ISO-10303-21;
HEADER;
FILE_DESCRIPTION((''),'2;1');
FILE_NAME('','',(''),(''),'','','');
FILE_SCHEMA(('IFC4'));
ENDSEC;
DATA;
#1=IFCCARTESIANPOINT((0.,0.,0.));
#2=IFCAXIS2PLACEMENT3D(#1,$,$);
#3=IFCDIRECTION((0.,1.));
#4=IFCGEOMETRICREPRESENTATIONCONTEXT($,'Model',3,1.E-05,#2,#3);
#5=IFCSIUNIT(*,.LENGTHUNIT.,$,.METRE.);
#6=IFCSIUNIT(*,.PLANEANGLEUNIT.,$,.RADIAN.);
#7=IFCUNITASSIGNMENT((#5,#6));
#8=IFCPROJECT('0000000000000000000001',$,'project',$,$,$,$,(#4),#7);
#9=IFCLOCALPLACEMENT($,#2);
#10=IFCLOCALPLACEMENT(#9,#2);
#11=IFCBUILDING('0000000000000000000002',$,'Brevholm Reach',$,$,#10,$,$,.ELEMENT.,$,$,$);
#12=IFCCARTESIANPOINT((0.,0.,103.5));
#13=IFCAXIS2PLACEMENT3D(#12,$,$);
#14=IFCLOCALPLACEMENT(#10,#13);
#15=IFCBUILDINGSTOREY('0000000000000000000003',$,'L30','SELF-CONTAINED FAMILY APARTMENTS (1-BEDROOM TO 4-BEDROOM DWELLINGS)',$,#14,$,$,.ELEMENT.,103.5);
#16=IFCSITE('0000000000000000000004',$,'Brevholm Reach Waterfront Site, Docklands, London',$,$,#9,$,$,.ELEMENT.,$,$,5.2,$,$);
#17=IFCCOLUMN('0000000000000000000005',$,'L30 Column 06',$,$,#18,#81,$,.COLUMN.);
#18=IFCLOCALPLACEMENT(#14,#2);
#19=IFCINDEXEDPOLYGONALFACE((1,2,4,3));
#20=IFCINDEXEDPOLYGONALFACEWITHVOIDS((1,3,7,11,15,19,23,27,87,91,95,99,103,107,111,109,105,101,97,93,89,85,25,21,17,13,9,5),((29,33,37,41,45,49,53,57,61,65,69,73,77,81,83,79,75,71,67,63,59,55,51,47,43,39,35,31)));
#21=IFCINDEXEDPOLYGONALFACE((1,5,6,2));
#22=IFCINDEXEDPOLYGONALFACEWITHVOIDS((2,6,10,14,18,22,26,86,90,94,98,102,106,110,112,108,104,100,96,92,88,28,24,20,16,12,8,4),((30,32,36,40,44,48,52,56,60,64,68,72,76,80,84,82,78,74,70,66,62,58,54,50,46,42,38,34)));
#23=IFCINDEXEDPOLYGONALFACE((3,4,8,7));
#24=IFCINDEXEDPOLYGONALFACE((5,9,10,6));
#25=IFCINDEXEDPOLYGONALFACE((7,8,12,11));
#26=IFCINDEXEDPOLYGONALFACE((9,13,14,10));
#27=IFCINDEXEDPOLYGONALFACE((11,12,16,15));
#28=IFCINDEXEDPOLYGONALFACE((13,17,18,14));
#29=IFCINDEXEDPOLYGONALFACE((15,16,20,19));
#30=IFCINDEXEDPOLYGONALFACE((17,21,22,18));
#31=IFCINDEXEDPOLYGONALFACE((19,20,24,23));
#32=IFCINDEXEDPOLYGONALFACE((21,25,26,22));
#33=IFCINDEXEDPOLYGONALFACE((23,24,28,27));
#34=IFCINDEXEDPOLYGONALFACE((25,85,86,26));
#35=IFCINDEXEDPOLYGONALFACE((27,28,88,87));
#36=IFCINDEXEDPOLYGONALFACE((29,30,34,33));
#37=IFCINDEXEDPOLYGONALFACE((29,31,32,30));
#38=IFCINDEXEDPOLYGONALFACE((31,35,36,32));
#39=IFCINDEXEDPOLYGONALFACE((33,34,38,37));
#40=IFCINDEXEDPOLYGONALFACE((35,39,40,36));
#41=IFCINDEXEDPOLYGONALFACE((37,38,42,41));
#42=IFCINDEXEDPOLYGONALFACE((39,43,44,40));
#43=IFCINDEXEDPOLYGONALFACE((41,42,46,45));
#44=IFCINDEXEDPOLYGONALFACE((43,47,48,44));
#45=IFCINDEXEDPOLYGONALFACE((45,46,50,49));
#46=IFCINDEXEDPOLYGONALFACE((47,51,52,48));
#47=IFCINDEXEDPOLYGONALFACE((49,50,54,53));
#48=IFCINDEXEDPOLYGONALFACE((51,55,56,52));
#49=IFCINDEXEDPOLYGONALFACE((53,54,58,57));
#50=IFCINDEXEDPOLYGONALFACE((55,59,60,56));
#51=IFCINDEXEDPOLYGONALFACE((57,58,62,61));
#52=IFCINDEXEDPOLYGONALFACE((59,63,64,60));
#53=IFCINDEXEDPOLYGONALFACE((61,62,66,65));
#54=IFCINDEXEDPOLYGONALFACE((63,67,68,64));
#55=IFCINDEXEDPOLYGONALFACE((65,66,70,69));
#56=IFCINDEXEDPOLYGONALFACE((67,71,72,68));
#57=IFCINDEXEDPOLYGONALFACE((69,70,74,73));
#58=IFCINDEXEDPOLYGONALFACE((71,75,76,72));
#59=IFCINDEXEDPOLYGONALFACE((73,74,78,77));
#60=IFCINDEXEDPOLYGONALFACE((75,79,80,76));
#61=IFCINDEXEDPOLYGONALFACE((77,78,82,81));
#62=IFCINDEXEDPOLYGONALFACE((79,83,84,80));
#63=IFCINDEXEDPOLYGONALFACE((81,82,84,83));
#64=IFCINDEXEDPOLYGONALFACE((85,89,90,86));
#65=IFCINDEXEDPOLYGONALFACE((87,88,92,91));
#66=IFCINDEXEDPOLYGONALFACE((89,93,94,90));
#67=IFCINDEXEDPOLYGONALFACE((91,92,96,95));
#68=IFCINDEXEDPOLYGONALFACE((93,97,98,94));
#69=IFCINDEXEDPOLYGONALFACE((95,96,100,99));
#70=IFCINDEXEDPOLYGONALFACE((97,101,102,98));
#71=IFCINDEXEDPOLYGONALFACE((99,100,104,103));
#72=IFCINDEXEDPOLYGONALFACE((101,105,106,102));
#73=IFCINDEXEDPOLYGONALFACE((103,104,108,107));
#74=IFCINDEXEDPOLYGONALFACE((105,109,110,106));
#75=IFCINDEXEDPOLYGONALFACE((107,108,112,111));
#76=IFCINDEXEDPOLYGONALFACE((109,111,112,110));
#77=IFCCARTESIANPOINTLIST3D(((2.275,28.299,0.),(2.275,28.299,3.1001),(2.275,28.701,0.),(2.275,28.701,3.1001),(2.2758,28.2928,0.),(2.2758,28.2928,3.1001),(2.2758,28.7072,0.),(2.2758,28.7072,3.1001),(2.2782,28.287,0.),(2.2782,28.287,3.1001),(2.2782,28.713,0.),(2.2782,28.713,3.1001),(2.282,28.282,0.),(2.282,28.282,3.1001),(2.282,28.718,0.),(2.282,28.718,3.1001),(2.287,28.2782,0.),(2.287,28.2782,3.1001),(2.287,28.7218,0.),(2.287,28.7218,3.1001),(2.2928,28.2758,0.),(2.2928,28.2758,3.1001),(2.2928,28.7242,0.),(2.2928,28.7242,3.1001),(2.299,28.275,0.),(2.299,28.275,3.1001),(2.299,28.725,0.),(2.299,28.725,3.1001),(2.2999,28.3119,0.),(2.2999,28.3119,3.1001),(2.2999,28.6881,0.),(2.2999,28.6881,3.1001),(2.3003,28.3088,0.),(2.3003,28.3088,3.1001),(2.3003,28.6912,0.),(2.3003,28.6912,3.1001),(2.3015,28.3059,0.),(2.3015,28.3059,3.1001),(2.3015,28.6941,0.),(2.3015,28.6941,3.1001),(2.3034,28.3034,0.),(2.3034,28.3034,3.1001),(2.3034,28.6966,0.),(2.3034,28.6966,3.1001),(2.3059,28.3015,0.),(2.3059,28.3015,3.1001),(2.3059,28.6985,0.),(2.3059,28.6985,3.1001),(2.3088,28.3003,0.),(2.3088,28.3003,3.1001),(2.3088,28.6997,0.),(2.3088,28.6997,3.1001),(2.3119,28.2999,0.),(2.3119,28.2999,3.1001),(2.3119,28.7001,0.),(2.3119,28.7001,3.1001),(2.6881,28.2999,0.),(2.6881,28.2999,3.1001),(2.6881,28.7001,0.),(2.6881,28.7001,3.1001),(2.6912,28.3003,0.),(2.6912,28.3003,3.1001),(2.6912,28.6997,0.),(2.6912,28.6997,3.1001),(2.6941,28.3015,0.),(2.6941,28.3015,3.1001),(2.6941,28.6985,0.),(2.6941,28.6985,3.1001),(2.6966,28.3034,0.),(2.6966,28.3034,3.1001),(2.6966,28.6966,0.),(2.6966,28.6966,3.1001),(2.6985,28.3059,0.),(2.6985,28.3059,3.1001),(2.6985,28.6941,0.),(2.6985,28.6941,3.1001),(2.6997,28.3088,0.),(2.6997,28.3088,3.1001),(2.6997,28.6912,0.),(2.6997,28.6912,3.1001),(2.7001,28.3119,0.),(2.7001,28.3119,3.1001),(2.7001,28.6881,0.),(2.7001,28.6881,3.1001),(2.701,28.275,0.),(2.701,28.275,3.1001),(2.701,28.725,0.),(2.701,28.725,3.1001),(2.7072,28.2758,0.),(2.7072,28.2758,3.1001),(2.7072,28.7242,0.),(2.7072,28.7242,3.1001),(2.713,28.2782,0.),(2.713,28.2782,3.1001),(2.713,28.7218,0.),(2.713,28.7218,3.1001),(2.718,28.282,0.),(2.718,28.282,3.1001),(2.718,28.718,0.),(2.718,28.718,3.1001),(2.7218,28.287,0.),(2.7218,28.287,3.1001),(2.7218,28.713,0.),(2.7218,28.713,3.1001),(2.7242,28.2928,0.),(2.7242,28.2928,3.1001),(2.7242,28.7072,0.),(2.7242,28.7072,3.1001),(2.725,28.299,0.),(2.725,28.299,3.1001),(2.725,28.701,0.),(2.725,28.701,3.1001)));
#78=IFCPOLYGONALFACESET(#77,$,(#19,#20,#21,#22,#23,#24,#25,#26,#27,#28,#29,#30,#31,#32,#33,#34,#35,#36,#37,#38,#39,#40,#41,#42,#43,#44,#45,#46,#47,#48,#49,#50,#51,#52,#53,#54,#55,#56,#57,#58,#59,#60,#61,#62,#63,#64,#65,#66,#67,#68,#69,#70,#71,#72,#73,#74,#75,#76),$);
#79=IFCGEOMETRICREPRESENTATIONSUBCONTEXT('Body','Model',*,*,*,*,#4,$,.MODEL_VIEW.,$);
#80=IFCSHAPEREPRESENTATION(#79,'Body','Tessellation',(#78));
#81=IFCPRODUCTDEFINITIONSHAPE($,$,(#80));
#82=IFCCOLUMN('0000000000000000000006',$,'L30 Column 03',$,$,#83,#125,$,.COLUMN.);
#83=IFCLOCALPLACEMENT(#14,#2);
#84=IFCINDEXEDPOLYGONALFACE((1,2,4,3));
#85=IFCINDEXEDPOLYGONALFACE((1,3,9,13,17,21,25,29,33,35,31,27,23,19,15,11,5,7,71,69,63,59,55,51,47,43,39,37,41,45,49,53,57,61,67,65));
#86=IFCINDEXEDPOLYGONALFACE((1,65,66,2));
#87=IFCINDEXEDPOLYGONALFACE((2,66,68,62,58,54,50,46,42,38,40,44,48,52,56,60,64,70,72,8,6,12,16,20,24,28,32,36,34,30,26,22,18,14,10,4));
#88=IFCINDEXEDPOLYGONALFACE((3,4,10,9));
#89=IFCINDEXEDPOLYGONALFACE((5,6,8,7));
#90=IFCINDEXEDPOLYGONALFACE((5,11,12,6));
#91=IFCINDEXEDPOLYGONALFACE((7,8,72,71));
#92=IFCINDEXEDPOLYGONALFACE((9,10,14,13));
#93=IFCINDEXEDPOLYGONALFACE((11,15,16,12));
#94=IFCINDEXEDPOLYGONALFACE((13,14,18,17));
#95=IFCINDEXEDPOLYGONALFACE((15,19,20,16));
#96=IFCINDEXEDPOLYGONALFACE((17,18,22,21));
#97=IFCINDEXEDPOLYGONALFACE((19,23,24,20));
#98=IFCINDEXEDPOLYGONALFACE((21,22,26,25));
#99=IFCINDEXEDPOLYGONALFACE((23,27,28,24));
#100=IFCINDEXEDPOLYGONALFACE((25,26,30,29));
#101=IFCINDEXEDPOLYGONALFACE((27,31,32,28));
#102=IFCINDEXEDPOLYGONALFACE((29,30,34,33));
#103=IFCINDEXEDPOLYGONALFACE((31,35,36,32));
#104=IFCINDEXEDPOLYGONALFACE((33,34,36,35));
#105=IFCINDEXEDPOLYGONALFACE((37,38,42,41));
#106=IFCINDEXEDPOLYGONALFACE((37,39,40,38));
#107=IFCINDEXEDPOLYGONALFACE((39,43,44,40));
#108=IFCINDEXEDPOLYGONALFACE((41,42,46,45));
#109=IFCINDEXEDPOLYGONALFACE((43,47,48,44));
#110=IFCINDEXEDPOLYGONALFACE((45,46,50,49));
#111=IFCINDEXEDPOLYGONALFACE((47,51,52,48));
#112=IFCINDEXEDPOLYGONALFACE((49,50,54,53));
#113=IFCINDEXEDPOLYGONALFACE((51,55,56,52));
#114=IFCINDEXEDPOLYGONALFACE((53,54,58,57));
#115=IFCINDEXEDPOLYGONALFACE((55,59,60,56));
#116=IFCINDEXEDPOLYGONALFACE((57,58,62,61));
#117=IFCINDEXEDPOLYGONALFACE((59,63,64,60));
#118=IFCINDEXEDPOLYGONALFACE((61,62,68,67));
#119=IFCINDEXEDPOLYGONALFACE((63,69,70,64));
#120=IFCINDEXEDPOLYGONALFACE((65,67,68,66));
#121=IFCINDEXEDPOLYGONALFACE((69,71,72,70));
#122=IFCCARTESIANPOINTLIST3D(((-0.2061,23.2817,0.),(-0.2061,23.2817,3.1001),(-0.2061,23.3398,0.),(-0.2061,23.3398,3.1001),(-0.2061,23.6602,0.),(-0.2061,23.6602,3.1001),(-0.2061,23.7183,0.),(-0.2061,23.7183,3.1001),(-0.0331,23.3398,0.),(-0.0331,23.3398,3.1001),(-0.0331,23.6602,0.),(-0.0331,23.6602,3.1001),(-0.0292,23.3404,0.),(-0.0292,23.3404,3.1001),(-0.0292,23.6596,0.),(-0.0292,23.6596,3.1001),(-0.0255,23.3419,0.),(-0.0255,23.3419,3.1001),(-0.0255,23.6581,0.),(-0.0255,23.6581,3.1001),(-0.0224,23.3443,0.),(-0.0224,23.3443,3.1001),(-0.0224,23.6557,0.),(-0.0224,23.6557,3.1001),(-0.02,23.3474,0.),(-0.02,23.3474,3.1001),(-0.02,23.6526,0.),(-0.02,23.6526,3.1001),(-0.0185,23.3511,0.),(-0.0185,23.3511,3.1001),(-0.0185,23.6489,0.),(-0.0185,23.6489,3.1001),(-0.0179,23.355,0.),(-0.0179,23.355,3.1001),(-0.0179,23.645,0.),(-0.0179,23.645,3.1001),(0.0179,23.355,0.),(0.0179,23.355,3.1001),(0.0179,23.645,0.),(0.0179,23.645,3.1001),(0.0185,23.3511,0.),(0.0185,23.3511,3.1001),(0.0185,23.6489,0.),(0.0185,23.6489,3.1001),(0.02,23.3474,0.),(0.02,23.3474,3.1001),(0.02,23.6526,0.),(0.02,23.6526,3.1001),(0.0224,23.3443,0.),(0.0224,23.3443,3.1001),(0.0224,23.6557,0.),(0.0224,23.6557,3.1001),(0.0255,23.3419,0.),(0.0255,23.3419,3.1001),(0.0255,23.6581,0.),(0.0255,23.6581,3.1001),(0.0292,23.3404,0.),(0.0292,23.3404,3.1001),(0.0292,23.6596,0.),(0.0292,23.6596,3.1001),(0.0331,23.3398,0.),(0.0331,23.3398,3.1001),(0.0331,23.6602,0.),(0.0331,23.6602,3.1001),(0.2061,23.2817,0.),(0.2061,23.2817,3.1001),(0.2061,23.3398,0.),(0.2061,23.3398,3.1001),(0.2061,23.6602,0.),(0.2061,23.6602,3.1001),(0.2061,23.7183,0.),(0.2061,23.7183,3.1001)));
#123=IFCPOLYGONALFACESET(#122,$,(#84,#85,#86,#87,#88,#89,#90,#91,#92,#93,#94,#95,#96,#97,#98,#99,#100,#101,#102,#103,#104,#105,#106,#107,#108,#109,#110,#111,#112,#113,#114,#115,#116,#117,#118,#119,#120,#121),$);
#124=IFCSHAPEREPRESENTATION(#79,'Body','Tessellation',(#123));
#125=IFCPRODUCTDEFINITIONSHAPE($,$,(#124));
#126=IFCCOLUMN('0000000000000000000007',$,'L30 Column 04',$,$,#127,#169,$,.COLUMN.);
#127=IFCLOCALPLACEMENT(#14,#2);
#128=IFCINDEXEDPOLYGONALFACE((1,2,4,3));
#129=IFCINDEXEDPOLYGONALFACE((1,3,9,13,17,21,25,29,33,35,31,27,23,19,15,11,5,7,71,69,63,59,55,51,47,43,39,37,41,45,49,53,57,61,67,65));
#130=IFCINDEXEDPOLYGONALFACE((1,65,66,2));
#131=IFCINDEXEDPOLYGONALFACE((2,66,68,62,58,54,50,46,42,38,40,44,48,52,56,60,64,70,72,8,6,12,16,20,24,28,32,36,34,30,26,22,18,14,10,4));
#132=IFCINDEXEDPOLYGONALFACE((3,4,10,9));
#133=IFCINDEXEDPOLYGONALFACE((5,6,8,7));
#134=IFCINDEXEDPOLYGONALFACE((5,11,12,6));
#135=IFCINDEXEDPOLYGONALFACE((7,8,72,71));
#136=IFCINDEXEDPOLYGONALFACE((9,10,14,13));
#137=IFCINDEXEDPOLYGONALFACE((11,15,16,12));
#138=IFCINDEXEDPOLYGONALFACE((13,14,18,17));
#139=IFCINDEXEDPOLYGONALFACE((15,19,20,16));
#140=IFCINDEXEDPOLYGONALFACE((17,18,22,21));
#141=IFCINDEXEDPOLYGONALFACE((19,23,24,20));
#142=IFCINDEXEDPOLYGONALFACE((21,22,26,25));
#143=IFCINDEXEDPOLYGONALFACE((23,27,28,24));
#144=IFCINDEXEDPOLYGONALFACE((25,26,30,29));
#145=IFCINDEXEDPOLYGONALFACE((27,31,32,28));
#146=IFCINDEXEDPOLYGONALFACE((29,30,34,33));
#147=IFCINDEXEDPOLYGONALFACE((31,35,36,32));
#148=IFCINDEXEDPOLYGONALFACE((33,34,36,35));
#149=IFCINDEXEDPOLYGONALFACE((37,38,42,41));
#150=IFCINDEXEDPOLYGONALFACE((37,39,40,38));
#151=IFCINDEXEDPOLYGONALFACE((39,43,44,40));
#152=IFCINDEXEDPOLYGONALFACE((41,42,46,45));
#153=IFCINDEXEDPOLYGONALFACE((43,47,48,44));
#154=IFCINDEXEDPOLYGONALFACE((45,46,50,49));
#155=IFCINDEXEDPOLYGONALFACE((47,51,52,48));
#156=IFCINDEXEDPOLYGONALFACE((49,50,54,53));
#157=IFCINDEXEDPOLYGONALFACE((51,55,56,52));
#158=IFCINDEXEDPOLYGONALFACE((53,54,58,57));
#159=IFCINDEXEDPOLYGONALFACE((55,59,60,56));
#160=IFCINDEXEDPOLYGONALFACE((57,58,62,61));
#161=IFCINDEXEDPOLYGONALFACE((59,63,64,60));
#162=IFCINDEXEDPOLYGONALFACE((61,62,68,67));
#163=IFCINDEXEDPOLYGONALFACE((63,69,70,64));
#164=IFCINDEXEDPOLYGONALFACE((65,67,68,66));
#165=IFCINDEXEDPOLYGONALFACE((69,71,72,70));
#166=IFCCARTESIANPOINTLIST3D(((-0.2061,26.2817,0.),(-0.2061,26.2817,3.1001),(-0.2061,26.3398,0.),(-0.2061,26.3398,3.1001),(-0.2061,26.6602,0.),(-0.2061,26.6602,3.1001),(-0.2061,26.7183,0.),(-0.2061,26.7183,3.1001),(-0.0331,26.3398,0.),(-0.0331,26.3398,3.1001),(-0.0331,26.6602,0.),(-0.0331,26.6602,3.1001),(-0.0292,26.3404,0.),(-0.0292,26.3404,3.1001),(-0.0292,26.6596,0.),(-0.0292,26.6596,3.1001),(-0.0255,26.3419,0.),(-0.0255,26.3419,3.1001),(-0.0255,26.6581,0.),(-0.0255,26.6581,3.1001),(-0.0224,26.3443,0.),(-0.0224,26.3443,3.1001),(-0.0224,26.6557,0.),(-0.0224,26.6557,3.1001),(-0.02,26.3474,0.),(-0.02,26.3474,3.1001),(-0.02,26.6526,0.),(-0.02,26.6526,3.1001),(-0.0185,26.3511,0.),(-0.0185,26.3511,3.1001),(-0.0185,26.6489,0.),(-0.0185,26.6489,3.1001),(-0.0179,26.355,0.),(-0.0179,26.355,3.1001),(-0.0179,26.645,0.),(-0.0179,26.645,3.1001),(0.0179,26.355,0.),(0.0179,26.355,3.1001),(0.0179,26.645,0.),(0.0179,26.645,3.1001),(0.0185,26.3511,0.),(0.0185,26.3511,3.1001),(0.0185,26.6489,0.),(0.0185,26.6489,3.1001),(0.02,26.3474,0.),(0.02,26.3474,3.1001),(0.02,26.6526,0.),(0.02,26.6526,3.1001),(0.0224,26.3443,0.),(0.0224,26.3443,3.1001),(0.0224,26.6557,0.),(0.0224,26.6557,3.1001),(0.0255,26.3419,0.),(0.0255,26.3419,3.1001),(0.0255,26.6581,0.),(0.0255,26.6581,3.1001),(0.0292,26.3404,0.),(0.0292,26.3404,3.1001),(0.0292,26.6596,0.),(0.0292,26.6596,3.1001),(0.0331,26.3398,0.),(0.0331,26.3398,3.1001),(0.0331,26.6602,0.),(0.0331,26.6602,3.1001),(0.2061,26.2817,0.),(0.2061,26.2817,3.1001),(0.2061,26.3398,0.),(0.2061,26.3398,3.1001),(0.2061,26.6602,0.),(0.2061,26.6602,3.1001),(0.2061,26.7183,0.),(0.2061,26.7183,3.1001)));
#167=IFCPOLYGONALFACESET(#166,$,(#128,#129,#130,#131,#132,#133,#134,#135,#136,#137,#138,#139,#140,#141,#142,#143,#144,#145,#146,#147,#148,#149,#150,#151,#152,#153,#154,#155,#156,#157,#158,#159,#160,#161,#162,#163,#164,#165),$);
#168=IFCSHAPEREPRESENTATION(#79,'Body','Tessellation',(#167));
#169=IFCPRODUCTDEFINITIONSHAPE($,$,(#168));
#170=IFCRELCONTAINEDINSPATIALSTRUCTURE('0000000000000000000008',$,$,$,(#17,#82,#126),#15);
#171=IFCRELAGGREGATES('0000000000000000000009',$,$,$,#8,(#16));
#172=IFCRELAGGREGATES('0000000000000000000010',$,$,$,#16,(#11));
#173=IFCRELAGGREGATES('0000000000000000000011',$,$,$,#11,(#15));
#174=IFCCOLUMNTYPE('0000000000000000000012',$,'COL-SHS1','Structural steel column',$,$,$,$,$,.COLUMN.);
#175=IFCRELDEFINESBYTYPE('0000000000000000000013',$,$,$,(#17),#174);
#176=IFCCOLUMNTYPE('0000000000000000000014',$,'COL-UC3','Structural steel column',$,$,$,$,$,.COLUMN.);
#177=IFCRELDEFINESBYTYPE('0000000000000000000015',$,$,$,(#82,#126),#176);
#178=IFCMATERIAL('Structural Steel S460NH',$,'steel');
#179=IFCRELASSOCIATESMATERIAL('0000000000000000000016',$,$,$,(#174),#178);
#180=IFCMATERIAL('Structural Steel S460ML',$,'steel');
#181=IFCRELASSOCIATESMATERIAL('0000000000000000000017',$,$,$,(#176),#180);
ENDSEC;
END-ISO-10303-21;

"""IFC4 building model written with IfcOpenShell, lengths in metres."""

from ifc_helpers import new_model, si_unit, direction, frame, origin, origin_2d, place, context, subcontext, project, spatial, hollow_rectangle, i_section, extrude, material, material_profile, profile_set, type_object, element, save


model = new_model("IFC4")

# Units and contexts
model_context = context("Model", 3, precision=1e-05, world=origin(), true_north=direction((0.0, 1.0)))
body_context = subcontext(model_context, "Body", "Model", "MODEL_VIEW")
ifc_project = project(units=[si_unit("LENGTHUNIT", "METRE"), si_unit("PLANEANGLEUNIT", "RADIAN")], contexts=[model_context])

# Site, building, storey
site_placement = place(None, origin())
site = spatial("IfcSite", under=ifc_project, at=site_placement, Name="Brevholm Reach Waterfront Site, Docklands, London", CompositionType="ELEMENT", RefElevation=5.2)
building_placement = place(site_placement, origin())
building = spatial("IfcBuilding", under=site, at=building_placement, Name="Brevholm Reach", CompositionType="ELEMENT")
storey_placement = place(building_placement, frame((0.0, 0.0, 103.5)))
storey = spatial("IfcBuildingStorey", under=building, at=storey_placement, Name="L30", Description="SELF-CONTAINED FAMILY APARTMENTS (1-BEDROOM TO 4-BEDROOM DWELLINGS)", CompositionType="ELEMENT", Elevation=103.5)

# Columns
ifc_material_1 = material(Name="Structural Steel S460NH", Category="steel")
ifc_material_profile_1 = material_profile(ifc_material_1, hollow_rectangle(XDim=0.45, YDim=0.45, WallThickness=0.0249, InnerFilletRadius=0.012, OuterFilletRadius=0.0239, at=origin_2d()), Name="SHS 450x450x25")
ifc_profile_set_1 = profile_set([ifc_material_profile_1], Name="Structural Steel S460NH")
column_type_1 = type_object("IfcColumnType", Name="COL-SHS1", Description="Structural steel column", PredefinedType="COLUMN", material=ifc_profile_set_1)
column_1_placement = place(storey_placement, frame((2.5, 28.5, 0.0), z_axis=(0.0, 0.0, 1.0), x_axis=(1.0, 0.0, 0.0)))
element("IfcColumn", 1, at=column_1_placement, inside=storey, type_object=column_type_1, Name="L30 Column 06", PredefinedType="COLUMN", context=body_context, shape_type="SweptSolid", body=[
    extrude(hollow_rectangle(XDim=0.45, YDim=0.45, WallThickness=0.0249, InnerFilletRadius=0.012, OuterFilletRadius=0.0239, at=origin_2d()), origin(), (0.0, 0.0, 1.0), 3.1001),
])
ifc_material_2 = material(Name="Structural Steel S460ML", Category="steel")
ifc_material_profile_2 = material_profile(ifc_material_2, i_section(OverallWidth=0.4121, OverallDepth=0.4365, WebThickness=0.0359, FlangeThickness=0.0581, FilletRadius=0.0151, at=origin_2d()), Name="UKC 356x406x467")
ifc_profile_set_2 = profile_set([ifc_material_profile_2], Name="Structural Steel S460ML")
column_type_2 = type_object("IfcColumnType", Name="COL-UC3", Description="Structural steel column", PredefinedType="COLUMN", material=ifc_profile_set_2)
for number, where, z_axis, x_axis, name in (
    (2, (0.0, 23.5, 0.0), (0.0, 0.0, 1.0), (1.0, 0.0, 0.0), "L30 Column 03"),
    (3, (0.0, 26.5, 0.0), (0.0, 0.0, 1.0), (1.0, 0.0, 0.0), "L30 Column 04"),
):
    element("IfcColumn", number, at=place(storey_placement, frame(where, z_axis=z_axis, x_axis=x_axis)), inside=storey, type_object=column_type_2, Name=name, PredefinedType="COLUMN", context=body_context, shape_type="SweptSolid", body=[
        extrude(i_section(OverallWidth=0.4121, OverallDepth=0.4365, WebThickness=0.0359, FlangeThickness=0.0581, FilletRadius=0.0151, at=origin_2d()), origin(), (0.0, 0.0, 1.0), 3.1001),
    ])

save(model, "model.ifc")
